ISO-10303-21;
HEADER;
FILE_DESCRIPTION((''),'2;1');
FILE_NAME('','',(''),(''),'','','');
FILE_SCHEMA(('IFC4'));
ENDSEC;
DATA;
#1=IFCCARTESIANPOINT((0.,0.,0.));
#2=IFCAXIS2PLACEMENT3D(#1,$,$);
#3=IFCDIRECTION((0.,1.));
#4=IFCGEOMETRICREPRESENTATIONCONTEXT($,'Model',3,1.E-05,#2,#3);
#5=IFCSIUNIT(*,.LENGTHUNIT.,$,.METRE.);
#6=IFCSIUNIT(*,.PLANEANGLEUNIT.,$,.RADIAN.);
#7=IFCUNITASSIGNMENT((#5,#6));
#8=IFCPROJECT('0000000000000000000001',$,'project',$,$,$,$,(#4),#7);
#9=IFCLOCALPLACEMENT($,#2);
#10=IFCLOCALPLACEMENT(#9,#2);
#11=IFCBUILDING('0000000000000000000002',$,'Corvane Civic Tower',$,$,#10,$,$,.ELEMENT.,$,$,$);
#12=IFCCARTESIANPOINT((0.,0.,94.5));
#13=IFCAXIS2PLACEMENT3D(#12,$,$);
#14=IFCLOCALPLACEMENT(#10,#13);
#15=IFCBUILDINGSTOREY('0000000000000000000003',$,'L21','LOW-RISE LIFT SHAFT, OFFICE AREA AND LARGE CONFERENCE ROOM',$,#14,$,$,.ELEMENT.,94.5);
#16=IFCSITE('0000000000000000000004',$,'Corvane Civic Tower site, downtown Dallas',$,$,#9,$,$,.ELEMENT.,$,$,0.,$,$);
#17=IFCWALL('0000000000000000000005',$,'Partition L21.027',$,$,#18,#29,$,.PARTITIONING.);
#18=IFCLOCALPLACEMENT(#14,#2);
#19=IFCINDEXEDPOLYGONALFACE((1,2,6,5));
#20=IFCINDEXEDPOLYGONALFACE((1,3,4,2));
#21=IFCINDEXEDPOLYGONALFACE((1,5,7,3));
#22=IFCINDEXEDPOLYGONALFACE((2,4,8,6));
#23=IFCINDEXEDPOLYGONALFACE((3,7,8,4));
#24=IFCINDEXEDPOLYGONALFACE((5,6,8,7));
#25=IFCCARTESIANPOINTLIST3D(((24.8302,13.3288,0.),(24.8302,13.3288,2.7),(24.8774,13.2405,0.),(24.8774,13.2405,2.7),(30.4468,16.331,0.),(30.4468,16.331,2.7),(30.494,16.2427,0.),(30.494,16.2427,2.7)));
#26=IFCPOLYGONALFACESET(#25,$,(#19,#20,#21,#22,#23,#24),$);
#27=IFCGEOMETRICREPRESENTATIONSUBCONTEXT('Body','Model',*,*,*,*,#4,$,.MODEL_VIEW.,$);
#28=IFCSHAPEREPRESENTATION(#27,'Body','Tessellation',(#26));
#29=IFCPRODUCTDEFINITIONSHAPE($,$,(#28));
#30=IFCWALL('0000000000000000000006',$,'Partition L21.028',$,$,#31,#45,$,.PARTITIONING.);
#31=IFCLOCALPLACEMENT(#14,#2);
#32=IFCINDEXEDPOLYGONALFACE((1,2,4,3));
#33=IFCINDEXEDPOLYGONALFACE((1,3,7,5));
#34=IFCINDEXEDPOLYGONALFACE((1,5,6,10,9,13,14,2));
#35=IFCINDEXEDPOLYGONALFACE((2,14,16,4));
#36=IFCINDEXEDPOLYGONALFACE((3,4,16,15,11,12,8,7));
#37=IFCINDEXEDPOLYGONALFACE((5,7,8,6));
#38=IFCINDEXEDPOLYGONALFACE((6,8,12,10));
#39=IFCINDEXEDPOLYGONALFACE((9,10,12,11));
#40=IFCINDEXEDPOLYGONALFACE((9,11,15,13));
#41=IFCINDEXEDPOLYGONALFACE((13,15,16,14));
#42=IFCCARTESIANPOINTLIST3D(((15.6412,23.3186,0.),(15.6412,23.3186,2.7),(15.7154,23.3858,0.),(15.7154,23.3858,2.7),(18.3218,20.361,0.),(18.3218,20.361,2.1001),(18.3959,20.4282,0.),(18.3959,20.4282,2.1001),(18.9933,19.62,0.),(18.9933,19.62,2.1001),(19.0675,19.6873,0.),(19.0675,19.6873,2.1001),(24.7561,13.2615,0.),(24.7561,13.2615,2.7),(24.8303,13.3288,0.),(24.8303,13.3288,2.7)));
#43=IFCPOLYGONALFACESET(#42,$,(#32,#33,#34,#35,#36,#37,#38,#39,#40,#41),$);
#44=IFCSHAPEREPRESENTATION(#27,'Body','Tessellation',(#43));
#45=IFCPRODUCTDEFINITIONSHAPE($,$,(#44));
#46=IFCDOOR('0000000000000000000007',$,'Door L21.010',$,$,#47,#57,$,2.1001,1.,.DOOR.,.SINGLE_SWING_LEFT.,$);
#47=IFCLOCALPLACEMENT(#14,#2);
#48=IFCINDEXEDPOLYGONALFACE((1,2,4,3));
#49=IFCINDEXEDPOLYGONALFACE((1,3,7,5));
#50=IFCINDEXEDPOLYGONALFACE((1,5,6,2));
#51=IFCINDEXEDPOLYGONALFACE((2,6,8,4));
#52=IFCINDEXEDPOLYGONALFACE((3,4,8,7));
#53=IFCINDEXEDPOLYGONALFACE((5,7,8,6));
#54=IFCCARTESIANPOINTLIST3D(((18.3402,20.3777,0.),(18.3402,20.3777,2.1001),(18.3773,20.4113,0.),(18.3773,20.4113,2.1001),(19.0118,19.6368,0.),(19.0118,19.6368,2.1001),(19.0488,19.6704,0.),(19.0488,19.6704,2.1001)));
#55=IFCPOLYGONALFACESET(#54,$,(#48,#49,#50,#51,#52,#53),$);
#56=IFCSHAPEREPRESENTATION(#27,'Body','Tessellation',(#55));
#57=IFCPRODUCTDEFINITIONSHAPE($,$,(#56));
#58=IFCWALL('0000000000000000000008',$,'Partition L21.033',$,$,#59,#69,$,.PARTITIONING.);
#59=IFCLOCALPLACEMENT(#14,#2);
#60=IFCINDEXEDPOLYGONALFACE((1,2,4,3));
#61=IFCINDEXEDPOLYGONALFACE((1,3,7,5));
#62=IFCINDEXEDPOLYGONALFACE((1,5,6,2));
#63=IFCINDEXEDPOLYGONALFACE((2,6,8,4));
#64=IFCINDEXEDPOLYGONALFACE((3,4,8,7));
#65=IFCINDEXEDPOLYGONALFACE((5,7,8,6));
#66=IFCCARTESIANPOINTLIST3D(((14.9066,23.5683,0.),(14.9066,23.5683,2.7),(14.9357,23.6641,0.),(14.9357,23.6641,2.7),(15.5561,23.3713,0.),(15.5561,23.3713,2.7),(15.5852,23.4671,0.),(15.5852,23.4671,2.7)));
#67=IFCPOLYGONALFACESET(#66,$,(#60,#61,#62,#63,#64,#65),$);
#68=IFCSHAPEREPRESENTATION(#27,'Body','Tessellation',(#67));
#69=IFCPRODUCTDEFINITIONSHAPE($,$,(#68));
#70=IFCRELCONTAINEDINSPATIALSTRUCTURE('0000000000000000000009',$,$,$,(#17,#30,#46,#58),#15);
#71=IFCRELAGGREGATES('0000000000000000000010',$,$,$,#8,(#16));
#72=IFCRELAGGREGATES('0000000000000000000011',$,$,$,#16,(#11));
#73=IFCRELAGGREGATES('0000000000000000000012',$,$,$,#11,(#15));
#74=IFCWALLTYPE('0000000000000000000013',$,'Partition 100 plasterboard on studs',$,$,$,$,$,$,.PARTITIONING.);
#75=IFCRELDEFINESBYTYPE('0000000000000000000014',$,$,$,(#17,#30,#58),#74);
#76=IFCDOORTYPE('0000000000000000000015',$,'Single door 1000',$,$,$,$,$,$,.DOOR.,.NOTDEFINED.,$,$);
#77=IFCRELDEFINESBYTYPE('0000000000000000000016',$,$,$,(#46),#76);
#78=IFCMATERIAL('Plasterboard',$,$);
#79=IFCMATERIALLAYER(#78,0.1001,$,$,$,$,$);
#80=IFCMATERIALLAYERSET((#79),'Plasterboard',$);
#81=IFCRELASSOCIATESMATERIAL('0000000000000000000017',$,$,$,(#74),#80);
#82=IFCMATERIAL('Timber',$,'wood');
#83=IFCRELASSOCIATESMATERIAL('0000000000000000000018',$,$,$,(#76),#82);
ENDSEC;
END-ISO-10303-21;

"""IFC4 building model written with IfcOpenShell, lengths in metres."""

from ifc_helpers import new_model, si_unit, direction, frame, frame_2d, origin, place, context, subcontext, project, spatial, rectangle, extrude, material, layer, layer_set, type_object, element, fill, save


model = new_model("IFC4")

# Units and contexts
model_context = context("Model", 3, precision=1e-05, world=origin(), true_north=direction((0.0, 1.0)))
body_context = subcontext(model_context, "Body", "Model", "MODEL_VIEW")
ifc_project = project(units=[si_unit("LENGTHUNIT", "METRE"), si_unit("PLANEANGLEUNIT", "RADIAN")], contexts=[model_context])

# Site, building, storey
site_placement = place(None, origin())
site = spatial("IfcSite", under=ifc_project, at=site_placement, Name="Corvane Civic Tower site, downtown Dallas", CompositionType="ELEMENT", RefElevation=0.0)
building_placement = place(site_placement, origin())
building = spatial("IfcBuilding", under=site, at=building_placement, Name="Corvane Civic Tower", CompositionType="ELEMENT")
storey_placement = place(building_placement, frame((0.0, 0.0, 94.5)))
storey = spatial("IfcBuildingStorey", under=building, at=storey_placement, Name="L21", Description="LOW-RISE LIFT SHAFT, OFFICE AREA AND LARGE CONFERENCE ROOM", CompositionType="ELEMENT", Elevation=94.5)

# Shared definitions
ifc_material_1 = material(Name="Plasterboard")
ifc_layer_1 = layer(ifc_material_1, 0.1001)
ifc_layer_set_1 = layer_set([ifc_layer_1], Name="Plasterboard")
wall_type = type_object("IfcWallType", Name="Partition 100 plasterboard on studs", PredefinedType="PARTITIONING", material=ifc_layer_set_1)
ifc_material_2 = material(Name="Timber", Category="wood")
door_type = type_object("IfcDoorType", Name="Single door 1000", OperationType="NOTDEFINED", PredefinedType="DOOR", material=ifc_material_2)

# Wall
wall_1_placement = place(storey_placement, frame((24.8538, 13.2847, 0.0), z_axis=(0.0, 0.0, 1.0), x_axis=(0.881921, 0.471398, 0.0)))
element("IfcWall", 1, at=wall_1_placement, inside=storey, type_object=wall_type, Name="Partition L21.027", PredefinedType="PARTITIONING", context=body_context, shape_type="SweptSolid", body=[
    extrude(rectangle(XDim=6.3687, YDim=0.1001, at=frame_2d((3.1843, 0.0))), origin(), (0.0, 0.0, 1.0), 2.7),
])

# Wall, opening, door
wall_2_placement = place(storey_placement, frame((15.6782, 23.3523, 0.0), z_axis=(0.0, 0.0, 1.0), x_axis=(0.671548, -0.740961, 0.0)))
wall_2 = element("IfcWall", 2, at=wall_2_placement, inside=storey, type_object=wall_type, Name="Partition L21.028", PredefinedType="PARTITIONING", context=body_context, shape_type="SweptSolid", body=[
    extrude(rectangle(XDim=13.573, YDim=0.1001, at=frame_2d((6.7866, 0.0))), origin(), (0.0, 0.0, 1.0), 2.7),
])
opening_1_placement = place(wall_2_placement, frame((3.9917, 0.0, 0.0)))
opening_1 = element("IfcOpeningElement", 3, at=opening_1_placement, cuts=wall_2, PredefinedType="OPENING", context=body_context, shape_type="SweptSolid", body=[
    extrude(rectangle(XDim=1.0, YDim=2.1001, at=frame_2d((0.5, 1.05))), frame((0.0, 0.0601, 0.0), z_axis=(0.0, -1.0, 0.0), x_axis=(1.0, 0.0, 0.0)), (0.0, 0.0, 1.0), 0.1201),
])
door_1_placement = place(opening_1_placement, origin())
door_1 = element("IfcDoor", 4, at=door_1_placement, inside=storey, type_object=door_type, Name="Door L21.010", OperationType="SINGLE_SWING_LEFT", OverallHeight=2.1001, OverallWidth=1.0, PredefinedType="DOOR", context=body_context, shape_type="SweptSolid", body=[
    extrude(rectangle(XDim=1.0, YDim=2.1001, at=frame_2d((0.5, 1.05))), frame((0.0, 0.0249, 0.0), z_axis=(0.0, -1.0, 0.0), x_axis=(1.0, 0.0, 0.0)), (0.0, 0.0, 1.0), 0.05),
])
fill(opening_1, door_1)

# Wall
wall_3_placement = place(storey_placement, frame((14.9211, 23.6162, 0.0), z_axis=(0.0, 0.0, 1.0), x_axis=(0.956931, -0.290317, 0.0)))
element("IfcWall", 5, at=wall_3_placement, inside=storey, type_object=wall_type, Name="Partition L21.033", PredefinedType="PARTITIONING", context=body_context, shape_type="SweptSolid", body=[
    extrude(rectangle(XDim=0.6787, YDim=0.1001, at=frame_2d((0.3394, 0.0))), origin(), (0.0, 0.0, 1.0), 2.7),
])

save(model, "model.ifc")
